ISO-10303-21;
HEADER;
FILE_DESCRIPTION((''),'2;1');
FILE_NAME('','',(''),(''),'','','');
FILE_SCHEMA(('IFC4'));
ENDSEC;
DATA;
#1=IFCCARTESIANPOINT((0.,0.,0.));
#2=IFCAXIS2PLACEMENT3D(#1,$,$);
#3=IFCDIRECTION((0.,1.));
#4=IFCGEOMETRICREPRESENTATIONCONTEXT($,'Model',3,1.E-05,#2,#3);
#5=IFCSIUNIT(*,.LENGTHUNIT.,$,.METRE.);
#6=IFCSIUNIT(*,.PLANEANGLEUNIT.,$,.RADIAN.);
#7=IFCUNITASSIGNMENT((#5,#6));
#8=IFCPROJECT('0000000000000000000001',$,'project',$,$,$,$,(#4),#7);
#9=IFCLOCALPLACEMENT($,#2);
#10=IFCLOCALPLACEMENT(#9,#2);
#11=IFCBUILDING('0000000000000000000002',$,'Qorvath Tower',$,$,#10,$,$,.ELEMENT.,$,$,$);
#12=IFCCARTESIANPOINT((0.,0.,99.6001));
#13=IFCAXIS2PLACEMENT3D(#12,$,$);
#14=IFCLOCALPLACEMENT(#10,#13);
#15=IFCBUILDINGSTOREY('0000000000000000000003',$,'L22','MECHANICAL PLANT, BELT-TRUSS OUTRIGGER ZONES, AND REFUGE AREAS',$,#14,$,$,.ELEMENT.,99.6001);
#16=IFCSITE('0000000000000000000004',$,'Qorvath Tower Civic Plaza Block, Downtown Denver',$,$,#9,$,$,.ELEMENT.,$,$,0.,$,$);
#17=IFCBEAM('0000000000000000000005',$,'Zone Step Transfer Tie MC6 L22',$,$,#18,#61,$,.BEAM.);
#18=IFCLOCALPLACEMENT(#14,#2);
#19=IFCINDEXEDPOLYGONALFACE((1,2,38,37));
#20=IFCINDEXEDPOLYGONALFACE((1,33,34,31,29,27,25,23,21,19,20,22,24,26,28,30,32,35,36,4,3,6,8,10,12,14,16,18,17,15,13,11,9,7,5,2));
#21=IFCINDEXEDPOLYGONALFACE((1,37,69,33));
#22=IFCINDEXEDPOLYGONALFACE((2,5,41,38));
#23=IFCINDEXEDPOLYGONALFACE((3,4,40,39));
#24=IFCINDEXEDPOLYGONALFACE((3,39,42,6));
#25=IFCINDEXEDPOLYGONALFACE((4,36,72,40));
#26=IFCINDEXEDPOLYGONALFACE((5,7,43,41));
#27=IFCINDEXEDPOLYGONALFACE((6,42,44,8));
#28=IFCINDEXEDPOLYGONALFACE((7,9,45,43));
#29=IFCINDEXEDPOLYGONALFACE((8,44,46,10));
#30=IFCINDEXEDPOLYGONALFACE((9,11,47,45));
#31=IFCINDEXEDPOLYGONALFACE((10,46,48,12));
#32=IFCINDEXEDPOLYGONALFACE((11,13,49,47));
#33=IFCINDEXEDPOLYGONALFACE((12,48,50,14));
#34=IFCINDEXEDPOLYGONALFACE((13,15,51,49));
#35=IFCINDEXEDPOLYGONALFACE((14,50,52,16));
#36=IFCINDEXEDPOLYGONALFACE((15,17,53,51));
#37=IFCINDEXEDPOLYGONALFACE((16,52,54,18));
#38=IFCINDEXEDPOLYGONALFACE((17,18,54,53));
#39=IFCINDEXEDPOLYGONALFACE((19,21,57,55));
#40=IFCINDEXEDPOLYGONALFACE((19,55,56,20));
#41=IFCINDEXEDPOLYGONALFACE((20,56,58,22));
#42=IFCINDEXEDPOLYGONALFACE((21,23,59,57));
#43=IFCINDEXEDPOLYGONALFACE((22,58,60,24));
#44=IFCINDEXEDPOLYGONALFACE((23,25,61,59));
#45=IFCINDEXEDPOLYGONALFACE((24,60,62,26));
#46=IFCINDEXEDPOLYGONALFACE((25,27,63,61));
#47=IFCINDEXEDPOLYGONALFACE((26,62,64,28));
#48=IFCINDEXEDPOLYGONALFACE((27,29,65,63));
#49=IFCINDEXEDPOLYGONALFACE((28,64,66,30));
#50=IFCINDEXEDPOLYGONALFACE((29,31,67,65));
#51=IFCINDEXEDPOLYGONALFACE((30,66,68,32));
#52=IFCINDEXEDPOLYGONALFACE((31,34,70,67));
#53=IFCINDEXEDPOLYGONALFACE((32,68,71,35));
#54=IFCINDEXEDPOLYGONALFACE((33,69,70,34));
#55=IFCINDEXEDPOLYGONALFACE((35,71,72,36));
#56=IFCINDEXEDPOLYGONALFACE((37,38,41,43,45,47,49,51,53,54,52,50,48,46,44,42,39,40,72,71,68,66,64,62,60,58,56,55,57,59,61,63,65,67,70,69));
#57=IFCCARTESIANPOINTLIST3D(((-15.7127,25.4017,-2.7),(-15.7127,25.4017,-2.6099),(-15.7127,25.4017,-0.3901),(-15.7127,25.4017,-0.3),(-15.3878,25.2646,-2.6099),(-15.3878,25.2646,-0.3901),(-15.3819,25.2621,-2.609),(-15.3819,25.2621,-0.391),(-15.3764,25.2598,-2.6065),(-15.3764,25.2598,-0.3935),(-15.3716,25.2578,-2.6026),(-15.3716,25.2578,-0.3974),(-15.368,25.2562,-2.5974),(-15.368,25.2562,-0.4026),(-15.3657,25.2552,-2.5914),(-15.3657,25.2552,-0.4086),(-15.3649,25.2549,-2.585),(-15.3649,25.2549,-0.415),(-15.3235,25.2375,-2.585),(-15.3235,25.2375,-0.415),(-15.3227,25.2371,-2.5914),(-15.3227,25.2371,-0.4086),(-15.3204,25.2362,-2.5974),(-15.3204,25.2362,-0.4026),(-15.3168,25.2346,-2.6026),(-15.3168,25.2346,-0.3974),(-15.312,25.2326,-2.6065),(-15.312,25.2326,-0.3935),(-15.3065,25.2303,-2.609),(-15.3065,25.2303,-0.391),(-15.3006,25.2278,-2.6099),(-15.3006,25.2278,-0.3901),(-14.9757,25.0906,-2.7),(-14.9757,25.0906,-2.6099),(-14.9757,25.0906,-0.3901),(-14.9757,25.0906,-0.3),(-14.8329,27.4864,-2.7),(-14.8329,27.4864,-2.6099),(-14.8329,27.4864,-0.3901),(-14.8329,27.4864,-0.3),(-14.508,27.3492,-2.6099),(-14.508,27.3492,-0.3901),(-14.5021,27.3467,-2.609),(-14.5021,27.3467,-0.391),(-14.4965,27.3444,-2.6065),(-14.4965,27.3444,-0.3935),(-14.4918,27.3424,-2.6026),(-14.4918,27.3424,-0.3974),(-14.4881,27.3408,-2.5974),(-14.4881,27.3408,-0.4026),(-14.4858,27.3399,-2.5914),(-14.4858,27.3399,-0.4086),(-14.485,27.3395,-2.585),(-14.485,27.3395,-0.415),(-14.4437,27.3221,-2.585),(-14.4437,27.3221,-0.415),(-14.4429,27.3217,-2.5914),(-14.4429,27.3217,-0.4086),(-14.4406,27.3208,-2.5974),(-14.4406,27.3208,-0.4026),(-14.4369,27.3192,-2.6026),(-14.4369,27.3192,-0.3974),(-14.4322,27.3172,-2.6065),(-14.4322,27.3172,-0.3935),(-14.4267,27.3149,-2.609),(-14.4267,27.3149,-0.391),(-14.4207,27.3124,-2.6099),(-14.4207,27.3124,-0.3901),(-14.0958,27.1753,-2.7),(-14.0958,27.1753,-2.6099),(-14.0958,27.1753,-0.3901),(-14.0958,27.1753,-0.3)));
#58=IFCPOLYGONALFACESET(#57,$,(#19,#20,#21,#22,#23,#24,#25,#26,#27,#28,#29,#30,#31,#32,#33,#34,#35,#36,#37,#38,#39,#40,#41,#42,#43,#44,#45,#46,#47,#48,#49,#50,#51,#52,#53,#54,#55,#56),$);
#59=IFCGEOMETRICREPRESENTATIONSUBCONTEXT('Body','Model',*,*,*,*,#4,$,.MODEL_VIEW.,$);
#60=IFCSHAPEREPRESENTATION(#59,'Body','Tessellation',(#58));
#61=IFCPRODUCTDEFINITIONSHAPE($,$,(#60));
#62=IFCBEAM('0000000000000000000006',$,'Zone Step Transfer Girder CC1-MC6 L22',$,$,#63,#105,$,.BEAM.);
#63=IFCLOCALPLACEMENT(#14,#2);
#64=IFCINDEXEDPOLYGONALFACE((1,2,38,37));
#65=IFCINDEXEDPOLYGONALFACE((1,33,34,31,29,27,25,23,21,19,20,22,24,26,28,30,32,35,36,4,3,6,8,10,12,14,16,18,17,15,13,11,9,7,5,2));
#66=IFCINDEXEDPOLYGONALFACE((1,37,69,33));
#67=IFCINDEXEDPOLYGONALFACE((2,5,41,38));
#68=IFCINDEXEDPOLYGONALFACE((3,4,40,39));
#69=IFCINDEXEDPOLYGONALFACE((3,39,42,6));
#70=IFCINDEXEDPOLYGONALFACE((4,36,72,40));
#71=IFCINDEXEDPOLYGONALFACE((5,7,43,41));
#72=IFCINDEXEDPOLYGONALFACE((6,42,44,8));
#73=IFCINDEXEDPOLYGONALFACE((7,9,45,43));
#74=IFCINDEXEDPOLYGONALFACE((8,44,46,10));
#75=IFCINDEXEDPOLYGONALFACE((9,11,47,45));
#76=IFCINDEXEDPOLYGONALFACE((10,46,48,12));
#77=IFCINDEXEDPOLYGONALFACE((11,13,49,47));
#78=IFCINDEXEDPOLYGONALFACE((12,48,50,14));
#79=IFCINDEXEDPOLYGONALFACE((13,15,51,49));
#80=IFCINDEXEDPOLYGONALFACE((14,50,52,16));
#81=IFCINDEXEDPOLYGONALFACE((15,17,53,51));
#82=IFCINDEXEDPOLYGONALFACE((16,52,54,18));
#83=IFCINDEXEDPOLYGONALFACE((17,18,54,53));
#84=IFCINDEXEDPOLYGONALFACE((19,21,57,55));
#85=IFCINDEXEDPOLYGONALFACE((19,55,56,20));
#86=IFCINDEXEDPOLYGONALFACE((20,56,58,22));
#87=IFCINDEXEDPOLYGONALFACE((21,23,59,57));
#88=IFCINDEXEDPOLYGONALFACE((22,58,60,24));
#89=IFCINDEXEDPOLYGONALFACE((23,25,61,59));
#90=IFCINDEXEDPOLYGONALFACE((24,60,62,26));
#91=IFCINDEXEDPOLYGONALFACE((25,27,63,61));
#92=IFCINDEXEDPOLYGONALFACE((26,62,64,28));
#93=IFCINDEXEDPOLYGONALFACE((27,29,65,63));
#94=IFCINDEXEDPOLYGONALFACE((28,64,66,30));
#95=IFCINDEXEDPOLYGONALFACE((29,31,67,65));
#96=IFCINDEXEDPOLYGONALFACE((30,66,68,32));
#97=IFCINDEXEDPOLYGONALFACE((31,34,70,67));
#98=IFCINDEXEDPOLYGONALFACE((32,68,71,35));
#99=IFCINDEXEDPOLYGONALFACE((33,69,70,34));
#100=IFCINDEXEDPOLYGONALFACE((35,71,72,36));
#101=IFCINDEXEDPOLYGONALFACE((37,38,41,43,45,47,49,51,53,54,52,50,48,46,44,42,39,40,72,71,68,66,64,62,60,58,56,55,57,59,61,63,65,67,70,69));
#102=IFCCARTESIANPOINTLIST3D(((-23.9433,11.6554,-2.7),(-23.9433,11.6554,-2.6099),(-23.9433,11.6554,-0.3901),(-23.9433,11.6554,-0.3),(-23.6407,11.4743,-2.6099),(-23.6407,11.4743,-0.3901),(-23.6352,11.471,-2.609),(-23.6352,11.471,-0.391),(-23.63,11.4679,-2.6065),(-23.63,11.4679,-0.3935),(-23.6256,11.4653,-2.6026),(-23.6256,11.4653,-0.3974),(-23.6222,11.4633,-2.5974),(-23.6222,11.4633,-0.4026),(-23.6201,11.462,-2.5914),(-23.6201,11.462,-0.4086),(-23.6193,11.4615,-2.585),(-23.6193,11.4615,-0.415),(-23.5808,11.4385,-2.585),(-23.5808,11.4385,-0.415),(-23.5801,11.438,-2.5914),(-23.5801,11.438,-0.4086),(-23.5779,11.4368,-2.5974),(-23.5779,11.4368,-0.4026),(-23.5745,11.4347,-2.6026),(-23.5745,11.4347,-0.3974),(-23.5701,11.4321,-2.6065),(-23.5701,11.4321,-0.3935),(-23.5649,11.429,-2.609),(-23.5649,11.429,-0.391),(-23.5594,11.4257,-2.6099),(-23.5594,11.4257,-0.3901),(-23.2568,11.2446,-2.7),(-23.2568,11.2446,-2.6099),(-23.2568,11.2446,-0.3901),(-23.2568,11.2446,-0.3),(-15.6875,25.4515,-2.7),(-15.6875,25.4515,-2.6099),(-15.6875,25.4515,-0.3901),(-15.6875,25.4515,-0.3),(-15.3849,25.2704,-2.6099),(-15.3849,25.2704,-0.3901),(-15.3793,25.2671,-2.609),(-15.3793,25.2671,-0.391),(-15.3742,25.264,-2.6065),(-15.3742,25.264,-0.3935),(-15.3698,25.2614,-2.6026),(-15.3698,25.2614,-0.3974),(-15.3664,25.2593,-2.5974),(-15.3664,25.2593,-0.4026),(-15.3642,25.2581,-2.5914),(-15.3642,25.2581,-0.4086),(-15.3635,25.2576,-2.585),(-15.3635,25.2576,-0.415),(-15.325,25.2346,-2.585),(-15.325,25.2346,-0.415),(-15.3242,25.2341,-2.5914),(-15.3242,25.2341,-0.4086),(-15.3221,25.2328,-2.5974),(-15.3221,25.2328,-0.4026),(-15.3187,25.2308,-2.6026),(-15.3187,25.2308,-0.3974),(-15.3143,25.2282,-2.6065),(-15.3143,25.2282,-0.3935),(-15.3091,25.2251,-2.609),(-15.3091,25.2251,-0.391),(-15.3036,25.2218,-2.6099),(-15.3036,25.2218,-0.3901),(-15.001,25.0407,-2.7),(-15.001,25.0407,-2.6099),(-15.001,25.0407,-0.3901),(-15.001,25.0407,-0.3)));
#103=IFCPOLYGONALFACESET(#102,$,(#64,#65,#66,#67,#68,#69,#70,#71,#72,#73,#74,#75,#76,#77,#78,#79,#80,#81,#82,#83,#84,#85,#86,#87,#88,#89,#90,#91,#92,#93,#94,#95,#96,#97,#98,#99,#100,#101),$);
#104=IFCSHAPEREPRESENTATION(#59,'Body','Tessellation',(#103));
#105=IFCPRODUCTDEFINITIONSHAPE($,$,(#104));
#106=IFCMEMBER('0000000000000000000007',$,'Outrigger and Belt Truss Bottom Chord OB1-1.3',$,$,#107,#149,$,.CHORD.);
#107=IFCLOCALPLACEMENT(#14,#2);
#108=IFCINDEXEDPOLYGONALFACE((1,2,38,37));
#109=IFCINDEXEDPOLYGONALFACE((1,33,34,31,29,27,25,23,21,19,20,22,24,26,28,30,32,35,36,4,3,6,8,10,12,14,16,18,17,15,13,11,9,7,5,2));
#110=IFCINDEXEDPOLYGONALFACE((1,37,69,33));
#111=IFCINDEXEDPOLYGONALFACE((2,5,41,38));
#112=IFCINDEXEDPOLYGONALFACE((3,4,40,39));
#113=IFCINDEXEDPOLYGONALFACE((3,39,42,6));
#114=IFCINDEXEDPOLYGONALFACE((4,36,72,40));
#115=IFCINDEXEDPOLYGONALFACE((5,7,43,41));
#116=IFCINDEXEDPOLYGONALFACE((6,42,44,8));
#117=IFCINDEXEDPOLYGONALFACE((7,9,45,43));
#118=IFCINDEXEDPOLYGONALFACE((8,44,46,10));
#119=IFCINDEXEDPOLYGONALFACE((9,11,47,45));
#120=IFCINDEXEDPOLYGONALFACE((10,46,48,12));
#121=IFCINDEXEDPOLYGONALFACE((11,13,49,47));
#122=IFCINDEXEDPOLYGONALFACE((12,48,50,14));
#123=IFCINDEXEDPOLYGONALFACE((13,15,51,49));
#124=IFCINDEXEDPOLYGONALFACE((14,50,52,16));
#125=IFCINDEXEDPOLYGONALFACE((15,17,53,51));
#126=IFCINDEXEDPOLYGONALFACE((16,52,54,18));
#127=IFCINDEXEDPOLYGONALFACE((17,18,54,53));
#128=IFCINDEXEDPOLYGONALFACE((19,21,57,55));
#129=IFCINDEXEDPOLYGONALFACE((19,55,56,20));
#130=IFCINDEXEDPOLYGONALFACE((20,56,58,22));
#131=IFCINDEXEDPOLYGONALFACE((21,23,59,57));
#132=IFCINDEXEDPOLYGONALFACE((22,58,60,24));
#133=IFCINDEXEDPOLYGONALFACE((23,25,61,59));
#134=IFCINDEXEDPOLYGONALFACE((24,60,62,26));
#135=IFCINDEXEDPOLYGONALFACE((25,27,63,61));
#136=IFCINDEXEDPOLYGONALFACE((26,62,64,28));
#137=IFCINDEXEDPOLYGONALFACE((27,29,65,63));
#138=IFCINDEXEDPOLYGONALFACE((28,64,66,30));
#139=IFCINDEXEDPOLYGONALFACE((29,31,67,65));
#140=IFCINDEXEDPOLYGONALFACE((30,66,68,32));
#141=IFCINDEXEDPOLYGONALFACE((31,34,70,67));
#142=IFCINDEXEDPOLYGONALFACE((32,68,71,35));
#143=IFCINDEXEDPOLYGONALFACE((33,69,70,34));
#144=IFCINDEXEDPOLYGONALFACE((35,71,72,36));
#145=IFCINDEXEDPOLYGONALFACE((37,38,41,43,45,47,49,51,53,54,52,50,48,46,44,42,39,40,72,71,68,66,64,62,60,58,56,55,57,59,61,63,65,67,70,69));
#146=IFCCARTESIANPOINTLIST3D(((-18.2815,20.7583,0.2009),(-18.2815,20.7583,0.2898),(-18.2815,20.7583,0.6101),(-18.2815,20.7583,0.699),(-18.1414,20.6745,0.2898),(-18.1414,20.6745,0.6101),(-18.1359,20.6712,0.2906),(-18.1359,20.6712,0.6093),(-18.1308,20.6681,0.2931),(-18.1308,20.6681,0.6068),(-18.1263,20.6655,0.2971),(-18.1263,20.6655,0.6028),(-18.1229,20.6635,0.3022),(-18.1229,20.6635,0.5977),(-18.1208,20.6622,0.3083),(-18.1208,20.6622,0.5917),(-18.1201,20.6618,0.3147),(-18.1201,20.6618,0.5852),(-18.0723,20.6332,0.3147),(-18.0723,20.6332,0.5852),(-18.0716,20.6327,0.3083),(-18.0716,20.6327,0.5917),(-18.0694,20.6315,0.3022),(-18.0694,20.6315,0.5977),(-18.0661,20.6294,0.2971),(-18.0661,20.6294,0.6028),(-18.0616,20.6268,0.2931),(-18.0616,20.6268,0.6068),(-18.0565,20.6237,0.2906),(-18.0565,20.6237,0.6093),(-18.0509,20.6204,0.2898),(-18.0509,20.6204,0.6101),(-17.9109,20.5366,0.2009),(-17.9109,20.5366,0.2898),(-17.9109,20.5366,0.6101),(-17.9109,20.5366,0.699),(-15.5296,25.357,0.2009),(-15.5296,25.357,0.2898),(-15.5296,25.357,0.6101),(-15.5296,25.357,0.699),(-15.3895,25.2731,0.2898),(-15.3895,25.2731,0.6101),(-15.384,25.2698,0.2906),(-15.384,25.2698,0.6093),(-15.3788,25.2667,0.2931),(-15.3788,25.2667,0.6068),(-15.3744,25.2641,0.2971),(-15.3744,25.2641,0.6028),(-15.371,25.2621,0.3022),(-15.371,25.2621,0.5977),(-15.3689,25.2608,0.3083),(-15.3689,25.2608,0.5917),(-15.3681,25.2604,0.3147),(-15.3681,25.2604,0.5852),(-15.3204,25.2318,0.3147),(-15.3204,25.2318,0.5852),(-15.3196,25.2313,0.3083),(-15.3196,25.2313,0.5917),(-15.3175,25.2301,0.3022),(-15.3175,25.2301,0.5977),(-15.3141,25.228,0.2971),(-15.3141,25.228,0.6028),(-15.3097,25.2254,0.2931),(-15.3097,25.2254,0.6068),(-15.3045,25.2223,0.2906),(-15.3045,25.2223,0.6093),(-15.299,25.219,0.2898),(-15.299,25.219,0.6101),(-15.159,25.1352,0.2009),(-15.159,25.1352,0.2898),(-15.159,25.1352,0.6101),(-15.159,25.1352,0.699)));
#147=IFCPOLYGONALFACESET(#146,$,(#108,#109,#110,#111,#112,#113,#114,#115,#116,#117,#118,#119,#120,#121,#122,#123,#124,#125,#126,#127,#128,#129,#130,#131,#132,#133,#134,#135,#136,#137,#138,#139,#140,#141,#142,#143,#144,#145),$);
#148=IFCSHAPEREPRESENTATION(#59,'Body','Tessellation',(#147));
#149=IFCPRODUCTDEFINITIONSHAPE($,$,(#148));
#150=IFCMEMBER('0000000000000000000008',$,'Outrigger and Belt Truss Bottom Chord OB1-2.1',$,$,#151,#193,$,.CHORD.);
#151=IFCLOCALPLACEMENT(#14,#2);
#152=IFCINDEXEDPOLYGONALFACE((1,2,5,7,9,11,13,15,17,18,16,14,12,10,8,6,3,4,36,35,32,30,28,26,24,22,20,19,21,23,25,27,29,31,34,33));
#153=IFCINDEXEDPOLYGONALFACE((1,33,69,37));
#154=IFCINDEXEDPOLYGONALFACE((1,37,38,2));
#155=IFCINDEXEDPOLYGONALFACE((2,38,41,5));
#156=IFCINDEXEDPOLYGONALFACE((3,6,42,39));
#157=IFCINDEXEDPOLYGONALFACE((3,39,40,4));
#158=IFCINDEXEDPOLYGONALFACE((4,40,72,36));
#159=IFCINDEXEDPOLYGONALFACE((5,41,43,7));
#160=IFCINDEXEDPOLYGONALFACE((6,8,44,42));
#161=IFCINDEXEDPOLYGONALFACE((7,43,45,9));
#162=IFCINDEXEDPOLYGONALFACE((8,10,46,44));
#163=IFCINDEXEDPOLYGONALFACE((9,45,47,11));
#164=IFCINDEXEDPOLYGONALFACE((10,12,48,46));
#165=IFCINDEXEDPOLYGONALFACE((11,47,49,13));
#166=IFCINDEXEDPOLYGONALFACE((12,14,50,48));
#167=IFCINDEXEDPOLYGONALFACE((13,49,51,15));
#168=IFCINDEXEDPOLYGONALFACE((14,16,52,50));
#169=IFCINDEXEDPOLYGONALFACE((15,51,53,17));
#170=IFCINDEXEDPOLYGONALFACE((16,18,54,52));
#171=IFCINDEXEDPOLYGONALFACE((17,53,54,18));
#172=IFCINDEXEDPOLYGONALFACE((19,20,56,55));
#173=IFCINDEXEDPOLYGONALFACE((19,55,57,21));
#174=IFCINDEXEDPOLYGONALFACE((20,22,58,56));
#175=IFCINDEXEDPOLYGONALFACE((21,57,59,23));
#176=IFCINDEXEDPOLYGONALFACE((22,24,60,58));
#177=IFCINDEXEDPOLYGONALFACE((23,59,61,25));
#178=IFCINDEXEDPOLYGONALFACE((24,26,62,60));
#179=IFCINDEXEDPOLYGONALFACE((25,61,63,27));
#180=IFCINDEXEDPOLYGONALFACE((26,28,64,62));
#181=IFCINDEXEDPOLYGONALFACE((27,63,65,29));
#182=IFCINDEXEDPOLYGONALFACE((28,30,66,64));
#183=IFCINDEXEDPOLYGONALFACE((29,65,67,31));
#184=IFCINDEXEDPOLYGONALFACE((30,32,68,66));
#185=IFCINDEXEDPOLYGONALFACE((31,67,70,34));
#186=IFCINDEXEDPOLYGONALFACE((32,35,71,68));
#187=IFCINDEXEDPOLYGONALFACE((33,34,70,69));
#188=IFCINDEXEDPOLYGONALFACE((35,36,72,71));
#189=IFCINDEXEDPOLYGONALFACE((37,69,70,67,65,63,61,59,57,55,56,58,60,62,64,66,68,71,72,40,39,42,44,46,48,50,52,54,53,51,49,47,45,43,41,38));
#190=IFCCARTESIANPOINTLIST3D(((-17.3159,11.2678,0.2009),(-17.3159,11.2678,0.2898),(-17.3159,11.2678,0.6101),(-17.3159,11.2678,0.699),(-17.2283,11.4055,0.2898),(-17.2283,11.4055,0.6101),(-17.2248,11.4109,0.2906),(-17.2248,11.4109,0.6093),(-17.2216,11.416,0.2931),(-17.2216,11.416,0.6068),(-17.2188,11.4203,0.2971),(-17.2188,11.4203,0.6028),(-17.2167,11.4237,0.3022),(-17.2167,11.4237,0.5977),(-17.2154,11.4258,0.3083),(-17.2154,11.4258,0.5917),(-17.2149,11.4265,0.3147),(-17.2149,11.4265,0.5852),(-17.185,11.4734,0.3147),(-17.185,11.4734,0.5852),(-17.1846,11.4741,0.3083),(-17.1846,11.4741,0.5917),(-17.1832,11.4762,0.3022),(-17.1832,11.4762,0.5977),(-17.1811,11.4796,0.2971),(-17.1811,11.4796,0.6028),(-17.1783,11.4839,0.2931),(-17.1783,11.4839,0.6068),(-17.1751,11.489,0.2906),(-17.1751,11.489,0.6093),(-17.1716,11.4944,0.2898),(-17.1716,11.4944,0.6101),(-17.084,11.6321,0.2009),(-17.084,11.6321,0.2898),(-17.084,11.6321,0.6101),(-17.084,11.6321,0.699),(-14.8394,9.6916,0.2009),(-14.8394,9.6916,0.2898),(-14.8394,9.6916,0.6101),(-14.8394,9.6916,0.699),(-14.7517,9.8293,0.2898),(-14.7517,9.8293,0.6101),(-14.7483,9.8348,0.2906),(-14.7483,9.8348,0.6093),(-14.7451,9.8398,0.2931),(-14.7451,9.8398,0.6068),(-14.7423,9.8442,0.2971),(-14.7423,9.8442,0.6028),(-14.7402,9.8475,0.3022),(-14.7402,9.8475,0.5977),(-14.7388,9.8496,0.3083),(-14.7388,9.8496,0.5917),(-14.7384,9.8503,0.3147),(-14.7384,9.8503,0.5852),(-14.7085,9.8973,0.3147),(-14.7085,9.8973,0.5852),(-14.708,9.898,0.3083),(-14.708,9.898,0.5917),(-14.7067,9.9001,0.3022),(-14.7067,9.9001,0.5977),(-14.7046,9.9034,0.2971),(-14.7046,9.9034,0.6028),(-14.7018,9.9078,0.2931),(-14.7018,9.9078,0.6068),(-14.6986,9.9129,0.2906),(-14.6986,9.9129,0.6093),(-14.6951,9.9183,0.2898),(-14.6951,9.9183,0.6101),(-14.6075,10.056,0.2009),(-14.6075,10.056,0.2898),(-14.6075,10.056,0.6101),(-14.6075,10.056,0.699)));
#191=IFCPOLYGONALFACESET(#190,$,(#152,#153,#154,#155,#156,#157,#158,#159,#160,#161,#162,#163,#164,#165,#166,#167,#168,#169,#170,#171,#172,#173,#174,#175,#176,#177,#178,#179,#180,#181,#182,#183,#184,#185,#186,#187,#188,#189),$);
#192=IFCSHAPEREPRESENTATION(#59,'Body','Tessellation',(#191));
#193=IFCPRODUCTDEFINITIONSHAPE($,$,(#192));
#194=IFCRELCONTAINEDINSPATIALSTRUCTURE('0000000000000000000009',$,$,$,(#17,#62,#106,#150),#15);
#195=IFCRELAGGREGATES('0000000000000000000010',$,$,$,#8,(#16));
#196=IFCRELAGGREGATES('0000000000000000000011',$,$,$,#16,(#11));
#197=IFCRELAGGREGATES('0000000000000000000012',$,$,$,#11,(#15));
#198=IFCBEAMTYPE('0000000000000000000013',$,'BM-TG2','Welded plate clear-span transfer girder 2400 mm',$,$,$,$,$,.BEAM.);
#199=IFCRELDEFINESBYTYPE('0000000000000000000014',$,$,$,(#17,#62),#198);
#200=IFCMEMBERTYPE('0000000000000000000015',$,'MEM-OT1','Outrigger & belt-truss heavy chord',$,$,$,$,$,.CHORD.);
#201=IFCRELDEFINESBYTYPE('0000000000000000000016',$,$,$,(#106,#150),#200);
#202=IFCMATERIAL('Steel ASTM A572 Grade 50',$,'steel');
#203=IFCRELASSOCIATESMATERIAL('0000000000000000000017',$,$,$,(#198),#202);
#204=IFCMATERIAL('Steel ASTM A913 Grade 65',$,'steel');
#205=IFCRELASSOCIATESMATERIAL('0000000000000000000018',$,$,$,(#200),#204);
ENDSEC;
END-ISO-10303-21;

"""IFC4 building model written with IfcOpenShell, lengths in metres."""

from ifc_helpers import new_model, si_unit, direction, frame, origin, origin_2d, place, context, subcontext, project, spatial, i_section, extrude, material, material_profile, profile_set, type_object, element, save


model = new_model("IFC4")

# Units and contexts
model_context = context("Model", 3, precision=1e-05, world=origin(), true_north=direction((0.0, 1.0)))
body_context = subcontext(model_context, "Body", "Model", "MODEL_VIEW")
ifc_project = project(units=[si_unit("LENGTHUNIT", "METRE"), si_unit("PLANEANGLEUNIT", "RADIAN")], contexts=[model_context])

# Site, building, storey
site_placement = place(None, origin())
site = spatial("IfcSite", under=ifc_project, at=site_placement, Name="Qorvath Tower Civic Plaza Block, Downtown Denver", CompositionType="ELEMENT", RefElevation=0.0)
building_placement = place(site_placement, origin())
building = spatial("IfcBuilding", under=site, at=building_placement, Name="Qorvath Tower", CompositionType="ELEMENT")
storey_placement = place(building_placement, frame((0.0, 0.0, 99.6001)))
storey = spatial("IfcBuildingStorey", under=building, at=storey_placement, Name="L22", Description="MECHANICAL PLANT, BELT-TRUSS OUTRIGGER ZONES, AND REFUGE AREAS", CompositionType="ELEMENT", Elevation=99.6001)

# Beams
ifc_material_1 = material(Name="Steel ASTM A572 Grade 50", Category="steel")
ifc_material_profile_1 = material_profile(ifc_material_1, i_section(OverallWidth=0.8, OverallDepth=2.3999, WebThickness=0.0449, FlangeThickness=0.0901, FilletRadius=0.0249, at=origin_2d()), Name="WTG 2400x800")
ifc_profile_set_1 = profile_set([ifc_material_profile_1], Name="Steel ASTM A572 Grade 50")
beam_type_1 = type_object("IfcBeamType", Name="BM-TG2", Description="Welded plate clear-span transfer girder 2400 mm", PredefinedType="BEAM", material=ifc_profile_set_1)
beam_1_placement = place(storey_placement, frame((-14.4644, 27.3308, -1.5), z_axis=(-0.388848, -0.921302, 0.0), x_axis=(0.921302, -0.388848, 0.0)))
element("IfcBeam", 1, at=beam_1_placement, inside=storey, type_object=beam_type_1, Name="Zone Step Transfer Tie MC6 L22", PredefinedType="BEAM", context=body_context, shape_type="SweptSolid", body=[
    extrude(i_section(OverallWidth=0.8, OverallDepth=2.3999, WebThickness=0.0449, FlangeThickness=0.0901, FilletRadius=0.0249, at=origin_2d()), origin(), (0.0, 0.0, 1.0), 2.2627),
])
beam_2_placement = place(storey_placement, frame((-15.3442, 25.2461, -1.5), z_axis=(-0.513497, -0.858091, 0.0), x_axis=(0.858091, -0.513497, 0.0)))
element("IfcBeam", 2, at=beam_2_placement, inside=storey, type_object=beam_type_1, Name="Zone Step Transfer Girder CC1-MC6 L22", PredefinedType="BEAM", context=body_context, shape_type="SweptSolid", body=[
    extrude(i_section(OverallWidth=0.8, OverallDepth=2.3999, WebThickness=0.0449, FlangeThickness=0.0901, FilletRadius=0.0249, at=origin_2d()), origin(), (0.0, 0.0, 1.0), 16.0776),
])

# Members
ifc_material_2 = material(Name="Steel ASTM A913 Grade 65", Category="steel")
ifc_material_profile_2 = material_profile(ifc_material_2, i_section(OverallWidth=0.4319, OverallDepth=0.498, WebThickness=0.0557, FlangeThickness=0.0889, FilletRadius=0.0249, at=origin_2d()), Name="W14x500")
ifc_profile_set_2 = profile_set([ifc_material_profile_2], Name="Steel ASTM A913 Grade 65")
member_type_1 = type_object("IfcMemberType", Name="MEM-OT1", Description="Outrigger & belt-truss heavy chord", PredefinedType="CHORD", material=ifc_profile_set_2)
member_1_placement = place(storey_placement, frame((-18.0962, 20.6475, 0.45), z_axis=(0.513504, 0.858087, 0.0), x_axis=(-0.858087, 0.513504, 0.0)))
element("IfcMember", 3, at=member_1_placement, inside=storey, type_object=member_type_1, Name="Outrigger and Belt Truss Bottom Chord OB1-1.3", PredefinedType="CHORD", context=body_context, shape_type="SweptSolid", body=[
    extrude(i_section(OverallWidth=0.4319, OverallDepth=0.498, WebThickness=0.0557, FlangeThickness=0.0889, FilletRadius=0.0249, at=origin_2d()), origin(), (0.0, 0.0, 1.0), 5.3591),
])
for number, where, z_axis, x_axis, name in (
    (4, (-17.2, 11.45, 0.45), (0.843634, -0.536919, 0.0), (0.536919, 0.843634, 0.0), "Outrigger and Belt Truss Bottom Chord OB1-2.1"),
):
    element("IfcMember", number, at=place(storey_placement, frame(where, z_axis=z_axis, x_axis=x_axis)), inside=storey, type_object=member_type_1, Name=name, PredefinedType="CHORD", context=body_context, shape_type="SweptSolid", body=[
        extrude(i_section(OverallWidth=0.4319, OverallDepth=0.498, WebThickness=0.0557, FlangeThickness=0.0889, FilletRadius=0.0249, at=origin_2d()), origin(), (0.0, 0.0, 1.0), 2.9355),
    ])

save(model, "model.ifc")
